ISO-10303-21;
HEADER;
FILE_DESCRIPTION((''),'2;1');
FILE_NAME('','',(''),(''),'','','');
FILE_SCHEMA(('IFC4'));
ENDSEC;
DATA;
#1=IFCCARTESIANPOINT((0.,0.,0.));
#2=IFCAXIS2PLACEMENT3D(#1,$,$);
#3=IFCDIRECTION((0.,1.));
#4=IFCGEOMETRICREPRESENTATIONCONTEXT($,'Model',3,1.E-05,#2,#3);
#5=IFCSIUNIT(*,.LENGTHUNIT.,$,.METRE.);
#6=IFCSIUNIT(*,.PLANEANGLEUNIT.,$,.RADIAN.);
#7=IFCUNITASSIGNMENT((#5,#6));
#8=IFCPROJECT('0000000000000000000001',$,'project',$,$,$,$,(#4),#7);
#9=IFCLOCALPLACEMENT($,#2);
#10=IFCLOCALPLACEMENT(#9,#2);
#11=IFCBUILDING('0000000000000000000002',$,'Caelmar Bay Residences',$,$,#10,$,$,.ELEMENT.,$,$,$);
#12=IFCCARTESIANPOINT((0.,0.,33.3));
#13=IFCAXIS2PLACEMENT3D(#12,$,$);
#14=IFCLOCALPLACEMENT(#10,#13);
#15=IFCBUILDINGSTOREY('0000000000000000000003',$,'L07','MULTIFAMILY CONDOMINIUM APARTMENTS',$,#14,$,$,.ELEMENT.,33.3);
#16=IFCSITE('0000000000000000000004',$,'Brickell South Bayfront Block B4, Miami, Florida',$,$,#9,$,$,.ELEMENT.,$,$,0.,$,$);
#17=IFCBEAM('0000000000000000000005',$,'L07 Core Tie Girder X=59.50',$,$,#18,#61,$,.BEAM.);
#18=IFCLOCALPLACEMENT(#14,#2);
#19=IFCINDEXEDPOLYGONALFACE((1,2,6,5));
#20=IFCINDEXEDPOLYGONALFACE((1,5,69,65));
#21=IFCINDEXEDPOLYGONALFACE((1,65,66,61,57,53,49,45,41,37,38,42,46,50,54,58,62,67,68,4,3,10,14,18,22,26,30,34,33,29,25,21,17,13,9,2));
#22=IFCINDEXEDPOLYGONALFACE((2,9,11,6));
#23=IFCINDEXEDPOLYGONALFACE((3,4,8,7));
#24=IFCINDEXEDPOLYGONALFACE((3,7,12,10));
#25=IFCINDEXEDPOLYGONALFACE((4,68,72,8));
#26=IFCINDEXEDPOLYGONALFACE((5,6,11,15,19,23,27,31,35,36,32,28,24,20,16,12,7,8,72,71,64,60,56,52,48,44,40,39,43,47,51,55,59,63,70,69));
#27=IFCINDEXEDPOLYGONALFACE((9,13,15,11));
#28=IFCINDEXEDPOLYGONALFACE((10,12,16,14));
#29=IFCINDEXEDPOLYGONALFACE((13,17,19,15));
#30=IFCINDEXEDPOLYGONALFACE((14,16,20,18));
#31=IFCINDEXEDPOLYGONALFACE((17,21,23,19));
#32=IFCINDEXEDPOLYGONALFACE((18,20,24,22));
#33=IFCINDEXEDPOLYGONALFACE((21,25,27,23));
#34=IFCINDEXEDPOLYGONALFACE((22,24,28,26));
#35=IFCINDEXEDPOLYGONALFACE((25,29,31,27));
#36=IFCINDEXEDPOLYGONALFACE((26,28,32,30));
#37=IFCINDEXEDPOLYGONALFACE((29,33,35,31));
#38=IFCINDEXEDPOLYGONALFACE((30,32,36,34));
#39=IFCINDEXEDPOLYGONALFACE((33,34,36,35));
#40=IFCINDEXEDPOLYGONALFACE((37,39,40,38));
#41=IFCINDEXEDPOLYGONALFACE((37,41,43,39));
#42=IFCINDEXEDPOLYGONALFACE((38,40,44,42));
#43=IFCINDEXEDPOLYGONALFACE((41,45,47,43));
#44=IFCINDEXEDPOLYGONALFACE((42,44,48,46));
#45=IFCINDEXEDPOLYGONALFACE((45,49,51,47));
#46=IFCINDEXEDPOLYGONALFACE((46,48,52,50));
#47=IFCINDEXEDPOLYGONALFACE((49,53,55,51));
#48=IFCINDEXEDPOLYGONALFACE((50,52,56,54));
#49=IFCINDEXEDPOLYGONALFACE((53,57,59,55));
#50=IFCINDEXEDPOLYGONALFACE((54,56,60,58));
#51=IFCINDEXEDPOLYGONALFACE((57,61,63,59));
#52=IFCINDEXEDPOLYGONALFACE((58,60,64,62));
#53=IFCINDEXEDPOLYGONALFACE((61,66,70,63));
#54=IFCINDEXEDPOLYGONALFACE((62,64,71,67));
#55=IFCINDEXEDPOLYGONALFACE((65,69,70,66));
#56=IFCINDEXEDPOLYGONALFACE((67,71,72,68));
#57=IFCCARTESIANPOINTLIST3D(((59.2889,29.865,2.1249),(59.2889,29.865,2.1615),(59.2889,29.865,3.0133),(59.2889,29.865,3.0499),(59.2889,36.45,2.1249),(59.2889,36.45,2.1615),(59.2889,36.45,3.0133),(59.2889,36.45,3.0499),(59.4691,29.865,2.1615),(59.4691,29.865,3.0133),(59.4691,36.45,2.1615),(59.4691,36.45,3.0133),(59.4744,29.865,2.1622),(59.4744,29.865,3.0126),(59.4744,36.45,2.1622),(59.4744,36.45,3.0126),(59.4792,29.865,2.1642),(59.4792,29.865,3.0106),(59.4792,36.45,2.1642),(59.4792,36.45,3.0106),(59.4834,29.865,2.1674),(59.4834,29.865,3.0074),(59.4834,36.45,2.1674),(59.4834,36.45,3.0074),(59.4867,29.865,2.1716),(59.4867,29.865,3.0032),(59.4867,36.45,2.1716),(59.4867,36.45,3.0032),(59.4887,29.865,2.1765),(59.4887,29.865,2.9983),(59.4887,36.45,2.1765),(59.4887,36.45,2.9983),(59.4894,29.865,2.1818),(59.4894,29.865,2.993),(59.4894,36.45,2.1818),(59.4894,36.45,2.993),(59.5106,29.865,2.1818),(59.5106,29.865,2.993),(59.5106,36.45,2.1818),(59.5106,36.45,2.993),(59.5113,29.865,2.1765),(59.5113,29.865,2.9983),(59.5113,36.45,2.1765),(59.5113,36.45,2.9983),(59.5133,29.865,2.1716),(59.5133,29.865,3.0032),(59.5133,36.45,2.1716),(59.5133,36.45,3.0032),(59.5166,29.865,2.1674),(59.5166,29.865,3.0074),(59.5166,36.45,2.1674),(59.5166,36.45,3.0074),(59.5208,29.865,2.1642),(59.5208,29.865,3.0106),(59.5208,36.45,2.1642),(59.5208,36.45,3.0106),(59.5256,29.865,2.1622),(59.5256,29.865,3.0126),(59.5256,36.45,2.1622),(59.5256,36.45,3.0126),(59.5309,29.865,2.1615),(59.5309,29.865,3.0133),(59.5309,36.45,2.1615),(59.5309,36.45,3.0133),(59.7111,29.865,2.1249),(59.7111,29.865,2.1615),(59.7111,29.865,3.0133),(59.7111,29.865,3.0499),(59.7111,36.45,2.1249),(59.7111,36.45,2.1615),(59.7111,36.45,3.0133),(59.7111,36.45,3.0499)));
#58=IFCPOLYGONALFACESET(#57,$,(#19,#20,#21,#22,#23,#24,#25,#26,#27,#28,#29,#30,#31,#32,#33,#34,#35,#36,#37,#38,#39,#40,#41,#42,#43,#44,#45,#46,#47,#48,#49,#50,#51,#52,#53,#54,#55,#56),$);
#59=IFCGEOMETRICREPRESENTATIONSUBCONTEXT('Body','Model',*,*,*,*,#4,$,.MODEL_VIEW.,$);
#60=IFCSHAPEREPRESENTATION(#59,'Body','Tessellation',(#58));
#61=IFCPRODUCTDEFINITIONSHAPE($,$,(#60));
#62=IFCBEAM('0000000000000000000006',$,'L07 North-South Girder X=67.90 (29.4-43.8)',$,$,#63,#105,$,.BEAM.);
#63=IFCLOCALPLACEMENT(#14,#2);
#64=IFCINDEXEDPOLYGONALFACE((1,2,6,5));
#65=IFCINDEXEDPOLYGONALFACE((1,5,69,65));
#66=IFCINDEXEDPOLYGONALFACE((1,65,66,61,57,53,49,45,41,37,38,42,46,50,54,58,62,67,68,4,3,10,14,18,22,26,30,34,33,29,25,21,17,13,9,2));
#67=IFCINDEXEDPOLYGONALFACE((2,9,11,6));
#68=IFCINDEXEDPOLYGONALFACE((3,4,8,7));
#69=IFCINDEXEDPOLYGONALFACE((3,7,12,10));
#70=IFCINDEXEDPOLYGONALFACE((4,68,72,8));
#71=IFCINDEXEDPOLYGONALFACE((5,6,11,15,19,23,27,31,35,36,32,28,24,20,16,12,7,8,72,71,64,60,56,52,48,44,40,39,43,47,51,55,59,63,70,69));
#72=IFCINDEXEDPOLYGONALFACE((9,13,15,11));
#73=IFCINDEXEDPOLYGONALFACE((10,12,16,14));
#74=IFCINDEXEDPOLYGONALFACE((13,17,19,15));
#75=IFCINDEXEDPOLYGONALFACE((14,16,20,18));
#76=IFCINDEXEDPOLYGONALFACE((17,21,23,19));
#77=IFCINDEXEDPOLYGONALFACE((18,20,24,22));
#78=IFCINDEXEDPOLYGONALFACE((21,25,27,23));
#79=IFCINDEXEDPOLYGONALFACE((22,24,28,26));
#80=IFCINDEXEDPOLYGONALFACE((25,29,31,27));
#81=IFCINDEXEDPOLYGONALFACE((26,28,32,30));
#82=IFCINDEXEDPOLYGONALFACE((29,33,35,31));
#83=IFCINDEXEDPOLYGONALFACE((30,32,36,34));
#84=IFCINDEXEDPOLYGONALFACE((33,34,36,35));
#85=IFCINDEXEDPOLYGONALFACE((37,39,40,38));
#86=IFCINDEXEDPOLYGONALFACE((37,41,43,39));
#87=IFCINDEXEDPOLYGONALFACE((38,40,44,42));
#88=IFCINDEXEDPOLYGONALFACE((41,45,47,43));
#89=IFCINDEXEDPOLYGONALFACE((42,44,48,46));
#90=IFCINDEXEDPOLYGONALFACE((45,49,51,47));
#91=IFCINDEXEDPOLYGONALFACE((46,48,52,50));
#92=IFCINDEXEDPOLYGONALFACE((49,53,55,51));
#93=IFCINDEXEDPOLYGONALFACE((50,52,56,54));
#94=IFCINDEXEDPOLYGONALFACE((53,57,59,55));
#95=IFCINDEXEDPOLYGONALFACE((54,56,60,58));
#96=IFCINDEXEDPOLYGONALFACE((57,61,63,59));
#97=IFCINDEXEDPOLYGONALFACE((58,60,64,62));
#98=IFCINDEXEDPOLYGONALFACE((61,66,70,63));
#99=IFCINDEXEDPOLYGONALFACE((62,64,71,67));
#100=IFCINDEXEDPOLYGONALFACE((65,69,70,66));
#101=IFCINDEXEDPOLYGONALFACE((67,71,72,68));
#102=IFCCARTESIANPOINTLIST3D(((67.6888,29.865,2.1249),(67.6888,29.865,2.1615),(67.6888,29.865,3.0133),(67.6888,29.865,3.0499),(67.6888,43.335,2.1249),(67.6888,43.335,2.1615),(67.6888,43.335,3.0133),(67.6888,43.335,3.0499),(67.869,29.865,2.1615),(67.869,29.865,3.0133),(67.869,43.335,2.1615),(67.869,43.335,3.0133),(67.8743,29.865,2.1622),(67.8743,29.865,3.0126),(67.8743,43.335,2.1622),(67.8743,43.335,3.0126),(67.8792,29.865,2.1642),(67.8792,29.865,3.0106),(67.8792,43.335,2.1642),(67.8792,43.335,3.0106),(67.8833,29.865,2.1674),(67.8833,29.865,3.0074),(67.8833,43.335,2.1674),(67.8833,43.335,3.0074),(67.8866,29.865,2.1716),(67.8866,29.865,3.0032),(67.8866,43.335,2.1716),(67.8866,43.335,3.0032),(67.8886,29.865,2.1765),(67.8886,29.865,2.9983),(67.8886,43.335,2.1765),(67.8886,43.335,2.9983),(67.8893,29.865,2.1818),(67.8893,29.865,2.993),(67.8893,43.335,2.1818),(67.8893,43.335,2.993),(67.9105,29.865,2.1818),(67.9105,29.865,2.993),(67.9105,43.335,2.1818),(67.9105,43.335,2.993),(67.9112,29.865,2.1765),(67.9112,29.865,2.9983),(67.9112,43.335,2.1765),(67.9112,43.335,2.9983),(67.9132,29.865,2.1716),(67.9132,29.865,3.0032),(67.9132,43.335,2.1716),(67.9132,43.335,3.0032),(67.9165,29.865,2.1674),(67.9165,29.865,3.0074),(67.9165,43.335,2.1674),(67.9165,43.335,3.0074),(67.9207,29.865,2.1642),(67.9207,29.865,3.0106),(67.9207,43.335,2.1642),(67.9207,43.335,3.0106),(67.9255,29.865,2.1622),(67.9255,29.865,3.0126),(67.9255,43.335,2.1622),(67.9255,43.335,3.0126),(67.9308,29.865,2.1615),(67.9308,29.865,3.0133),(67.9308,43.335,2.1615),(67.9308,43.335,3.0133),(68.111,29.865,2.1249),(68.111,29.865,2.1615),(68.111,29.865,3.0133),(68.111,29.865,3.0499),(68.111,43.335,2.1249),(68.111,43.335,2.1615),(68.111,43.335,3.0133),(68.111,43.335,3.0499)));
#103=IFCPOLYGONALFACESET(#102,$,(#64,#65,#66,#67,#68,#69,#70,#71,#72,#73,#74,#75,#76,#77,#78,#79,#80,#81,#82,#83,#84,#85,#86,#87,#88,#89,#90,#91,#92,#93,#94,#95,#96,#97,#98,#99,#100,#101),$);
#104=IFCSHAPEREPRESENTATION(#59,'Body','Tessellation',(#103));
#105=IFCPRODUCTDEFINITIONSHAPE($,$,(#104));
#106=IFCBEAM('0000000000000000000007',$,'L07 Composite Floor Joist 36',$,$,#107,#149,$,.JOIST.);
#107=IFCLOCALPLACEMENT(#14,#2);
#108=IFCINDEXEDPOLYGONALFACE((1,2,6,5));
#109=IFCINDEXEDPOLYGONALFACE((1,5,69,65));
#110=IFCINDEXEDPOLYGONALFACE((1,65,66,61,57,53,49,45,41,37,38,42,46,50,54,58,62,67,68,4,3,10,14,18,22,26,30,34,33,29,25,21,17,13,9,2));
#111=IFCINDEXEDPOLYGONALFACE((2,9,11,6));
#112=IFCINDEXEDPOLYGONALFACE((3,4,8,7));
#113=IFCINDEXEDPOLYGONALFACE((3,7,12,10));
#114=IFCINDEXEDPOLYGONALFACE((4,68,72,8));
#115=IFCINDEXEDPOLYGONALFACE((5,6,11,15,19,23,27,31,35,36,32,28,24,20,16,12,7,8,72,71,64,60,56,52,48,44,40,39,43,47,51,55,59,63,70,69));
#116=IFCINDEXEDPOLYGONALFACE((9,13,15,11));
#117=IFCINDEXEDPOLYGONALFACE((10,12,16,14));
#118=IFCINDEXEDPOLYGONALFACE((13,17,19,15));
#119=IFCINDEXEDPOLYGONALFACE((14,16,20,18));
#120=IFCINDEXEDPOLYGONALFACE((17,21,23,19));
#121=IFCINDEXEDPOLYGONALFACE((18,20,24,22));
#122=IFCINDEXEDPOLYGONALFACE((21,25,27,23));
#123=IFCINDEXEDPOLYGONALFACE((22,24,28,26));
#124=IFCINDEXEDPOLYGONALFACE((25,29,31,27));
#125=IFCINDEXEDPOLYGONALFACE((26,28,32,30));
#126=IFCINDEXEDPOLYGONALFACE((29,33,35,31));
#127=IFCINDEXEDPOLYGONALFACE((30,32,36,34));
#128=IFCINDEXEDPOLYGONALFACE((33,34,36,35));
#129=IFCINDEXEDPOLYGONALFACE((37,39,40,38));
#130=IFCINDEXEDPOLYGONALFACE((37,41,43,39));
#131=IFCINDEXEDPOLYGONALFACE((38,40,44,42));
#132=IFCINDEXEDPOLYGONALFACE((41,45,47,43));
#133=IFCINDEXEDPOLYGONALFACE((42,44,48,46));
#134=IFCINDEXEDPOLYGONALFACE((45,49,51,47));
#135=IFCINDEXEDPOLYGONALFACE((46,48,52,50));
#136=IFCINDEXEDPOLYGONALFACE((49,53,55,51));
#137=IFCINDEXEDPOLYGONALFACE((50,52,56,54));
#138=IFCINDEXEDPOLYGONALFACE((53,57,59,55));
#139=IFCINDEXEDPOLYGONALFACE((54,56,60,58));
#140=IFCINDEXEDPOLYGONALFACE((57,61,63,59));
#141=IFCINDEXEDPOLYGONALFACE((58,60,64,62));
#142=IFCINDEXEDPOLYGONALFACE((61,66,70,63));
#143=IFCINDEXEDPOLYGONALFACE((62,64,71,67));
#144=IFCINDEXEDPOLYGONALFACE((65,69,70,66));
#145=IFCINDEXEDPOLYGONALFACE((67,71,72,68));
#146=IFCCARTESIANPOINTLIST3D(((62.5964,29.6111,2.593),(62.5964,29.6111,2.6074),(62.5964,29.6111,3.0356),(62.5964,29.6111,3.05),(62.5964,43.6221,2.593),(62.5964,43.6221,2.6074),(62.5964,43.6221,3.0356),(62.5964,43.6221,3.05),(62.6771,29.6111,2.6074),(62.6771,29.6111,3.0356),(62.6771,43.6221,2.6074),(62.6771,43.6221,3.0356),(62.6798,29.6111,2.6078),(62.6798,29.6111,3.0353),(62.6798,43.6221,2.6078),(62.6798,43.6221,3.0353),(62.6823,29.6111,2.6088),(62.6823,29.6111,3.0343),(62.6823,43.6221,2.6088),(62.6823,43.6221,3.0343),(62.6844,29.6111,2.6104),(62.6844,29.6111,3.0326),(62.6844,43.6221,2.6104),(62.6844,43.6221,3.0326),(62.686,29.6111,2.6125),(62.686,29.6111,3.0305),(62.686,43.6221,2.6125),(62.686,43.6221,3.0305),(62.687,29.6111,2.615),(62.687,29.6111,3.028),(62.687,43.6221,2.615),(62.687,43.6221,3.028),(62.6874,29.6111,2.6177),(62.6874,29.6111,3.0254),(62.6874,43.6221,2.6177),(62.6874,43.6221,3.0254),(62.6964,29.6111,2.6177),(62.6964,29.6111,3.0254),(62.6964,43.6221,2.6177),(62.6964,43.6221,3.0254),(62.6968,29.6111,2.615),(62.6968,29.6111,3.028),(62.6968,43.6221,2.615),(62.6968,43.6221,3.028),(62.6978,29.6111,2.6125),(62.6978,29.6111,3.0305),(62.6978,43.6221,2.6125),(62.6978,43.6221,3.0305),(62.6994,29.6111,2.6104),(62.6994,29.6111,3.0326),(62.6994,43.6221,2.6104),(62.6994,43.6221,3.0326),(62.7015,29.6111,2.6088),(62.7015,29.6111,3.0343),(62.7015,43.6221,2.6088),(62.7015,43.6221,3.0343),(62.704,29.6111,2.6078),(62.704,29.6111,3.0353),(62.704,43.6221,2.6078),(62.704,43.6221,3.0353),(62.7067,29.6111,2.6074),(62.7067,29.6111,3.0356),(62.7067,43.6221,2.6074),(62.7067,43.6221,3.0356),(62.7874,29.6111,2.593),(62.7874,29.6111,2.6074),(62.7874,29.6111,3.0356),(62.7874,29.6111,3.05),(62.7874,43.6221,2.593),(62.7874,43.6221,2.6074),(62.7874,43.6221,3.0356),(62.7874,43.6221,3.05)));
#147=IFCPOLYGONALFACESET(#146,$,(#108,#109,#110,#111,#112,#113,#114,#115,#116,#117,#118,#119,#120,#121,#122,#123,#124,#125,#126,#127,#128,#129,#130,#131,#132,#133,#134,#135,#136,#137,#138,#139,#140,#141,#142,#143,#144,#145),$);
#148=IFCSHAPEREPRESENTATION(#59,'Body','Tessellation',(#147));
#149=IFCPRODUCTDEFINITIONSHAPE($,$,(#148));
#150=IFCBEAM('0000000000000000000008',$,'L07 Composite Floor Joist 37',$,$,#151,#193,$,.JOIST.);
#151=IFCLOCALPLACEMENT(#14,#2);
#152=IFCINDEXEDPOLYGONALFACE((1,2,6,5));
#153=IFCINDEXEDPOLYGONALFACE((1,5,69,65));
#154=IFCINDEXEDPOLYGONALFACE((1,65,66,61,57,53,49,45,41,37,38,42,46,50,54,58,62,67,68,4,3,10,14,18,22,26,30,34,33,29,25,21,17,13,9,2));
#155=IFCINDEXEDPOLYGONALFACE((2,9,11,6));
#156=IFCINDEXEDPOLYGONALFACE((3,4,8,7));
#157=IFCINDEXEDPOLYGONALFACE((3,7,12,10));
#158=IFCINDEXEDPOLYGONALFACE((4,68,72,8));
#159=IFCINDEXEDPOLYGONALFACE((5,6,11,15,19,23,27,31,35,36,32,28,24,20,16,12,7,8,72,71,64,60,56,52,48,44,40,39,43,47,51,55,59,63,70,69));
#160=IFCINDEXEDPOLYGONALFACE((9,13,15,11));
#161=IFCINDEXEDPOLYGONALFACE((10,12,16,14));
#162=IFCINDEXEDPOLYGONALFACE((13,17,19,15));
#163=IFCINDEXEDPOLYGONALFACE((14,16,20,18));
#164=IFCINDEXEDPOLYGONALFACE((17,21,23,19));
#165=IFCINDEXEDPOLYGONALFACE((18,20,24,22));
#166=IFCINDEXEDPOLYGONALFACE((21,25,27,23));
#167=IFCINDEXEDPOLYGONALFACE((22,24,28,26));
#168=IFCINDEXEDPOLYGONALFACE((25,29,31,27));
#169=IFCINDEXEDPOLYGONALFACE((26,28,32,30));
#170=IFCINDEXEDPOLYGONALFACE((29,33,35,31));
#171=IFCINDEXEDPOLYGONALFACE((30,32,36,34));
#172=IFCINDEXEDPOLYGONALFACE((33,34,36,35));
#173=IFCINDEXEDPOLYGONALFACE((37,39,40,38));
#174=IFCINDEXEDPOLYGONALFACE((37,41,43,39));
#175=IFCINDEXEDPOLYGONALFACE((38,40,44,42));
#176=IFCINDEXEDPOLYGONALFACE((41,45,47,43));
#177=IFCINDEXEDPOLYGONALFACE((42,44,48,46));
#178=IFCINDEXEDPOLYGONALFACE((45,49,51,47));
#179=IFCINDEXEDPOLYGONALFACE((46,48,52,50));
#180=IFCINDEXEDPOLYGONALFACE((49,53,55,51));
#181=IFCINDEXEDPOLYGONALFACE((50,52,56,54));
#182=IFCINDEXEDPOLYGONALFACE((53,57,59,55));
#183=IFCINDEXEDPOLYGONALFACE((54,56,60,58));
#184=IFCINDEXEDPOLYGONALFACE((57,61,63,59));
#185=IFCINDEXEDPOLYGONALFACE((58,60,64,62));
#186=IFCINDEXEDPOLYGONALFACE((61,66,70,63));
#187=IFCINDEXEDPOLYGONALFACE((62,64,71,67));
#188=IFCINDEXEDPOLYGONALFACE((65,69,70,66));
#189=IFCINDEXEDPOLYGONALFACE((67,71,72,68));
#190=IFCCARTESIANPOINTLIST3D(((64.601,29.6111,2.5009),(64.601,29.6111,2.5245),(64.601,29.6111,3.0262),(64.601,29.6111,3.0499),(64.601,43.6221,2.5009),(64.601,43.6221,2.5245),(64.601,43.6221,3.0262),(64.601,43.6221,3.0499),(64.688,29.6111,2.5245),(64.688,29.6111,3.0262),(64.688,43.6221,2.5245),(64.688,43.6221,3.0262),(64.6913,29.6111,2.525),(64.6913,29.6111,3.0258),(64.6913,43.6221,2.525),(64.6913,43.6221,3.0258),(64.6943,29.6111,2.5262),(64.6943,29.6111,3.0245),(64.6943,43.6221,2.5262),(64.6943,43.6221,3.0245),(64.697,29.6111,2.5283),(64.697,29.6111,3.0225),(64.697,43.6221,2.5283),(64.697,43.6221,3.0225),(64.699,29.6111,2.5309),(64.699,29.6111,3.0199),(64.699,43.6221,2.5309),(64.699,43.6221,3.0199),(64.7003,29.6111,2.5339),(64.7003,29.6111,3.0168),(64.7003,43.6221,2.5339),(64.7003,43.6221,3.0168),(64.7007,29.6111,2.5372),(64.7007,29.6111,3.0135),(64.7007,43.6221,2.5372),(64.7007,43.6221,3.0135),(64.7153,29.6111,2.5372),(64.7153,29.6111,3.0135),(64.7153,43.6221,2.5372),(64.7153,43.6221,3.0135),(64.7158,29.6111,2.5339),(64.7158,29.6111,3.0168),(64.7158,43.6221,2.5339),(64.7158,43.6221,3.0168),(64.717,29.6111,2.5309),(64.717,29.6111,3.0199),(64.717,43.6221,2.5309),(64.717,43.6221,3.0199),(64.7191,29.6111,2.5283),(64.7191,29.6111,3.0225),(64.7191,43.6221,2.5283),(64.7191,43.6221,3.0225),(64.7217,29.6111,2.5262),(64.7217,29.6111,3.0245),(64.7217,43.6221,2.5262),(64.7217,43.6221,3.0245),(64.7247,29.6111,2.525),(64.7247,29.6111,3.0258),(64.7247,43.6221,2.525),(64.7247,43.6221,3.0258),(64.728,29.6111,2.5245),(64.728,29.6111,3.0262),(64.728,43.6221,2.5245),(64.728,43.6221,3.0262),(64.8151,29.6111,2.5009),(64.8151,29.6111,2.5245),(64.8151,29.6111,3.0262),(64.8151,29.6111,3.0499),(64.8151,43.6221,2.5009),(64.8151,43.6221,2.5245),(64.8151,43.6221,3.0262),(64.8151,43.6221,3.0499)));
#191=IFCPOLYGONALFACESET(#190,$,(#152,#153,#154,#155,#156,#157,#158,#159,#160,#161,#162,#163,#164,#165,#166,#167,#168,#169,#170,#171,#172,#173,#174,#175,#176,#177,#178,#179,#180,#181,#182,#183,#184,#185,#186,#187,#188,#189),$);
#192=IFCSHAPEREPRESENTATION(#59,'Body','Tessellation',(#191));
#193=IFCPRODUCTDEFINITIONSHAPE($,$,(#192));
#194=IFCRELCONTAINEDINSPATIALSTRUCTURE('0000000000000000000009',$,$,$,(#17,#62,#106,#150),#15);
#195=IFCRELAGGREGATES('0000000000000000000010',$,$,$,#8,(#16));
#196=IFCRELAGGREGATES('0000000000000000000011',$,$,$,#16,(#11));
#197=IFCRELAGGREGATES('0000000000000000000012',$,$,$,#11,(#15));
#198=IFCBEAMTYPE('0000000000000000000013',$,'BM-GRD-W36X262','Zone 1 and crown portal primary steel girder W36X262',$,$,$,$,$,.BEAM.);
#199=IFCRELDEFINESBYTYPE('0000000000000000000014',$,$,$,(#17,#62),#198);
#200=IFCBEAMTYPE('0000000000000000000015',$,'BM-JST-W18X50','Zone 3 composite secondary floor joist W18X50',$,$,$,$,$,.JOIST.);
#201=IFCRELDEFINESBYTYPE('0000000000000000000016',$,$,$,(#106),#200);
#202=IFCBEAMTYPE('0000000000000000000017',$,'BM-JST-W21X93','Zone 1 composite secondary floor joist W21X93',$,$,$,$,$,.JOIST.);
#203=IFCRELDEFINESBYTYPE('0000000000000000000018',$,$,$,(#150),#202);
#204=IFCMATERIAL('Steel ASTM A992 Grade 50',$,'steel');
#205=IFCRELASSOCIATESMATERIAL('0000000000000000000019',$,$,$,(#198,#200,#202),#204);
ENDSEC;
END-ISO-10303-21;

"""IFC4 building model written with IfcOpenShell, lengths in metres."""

from ifc_helpers import new_model, si_unit, direction, frame, origin, origin_2d, place, context, subcontext, project, spatial, i_section, extrude, material, material_profile, profile_set, type_object, element, save


model = new_model("IFC4")

# Units and contexts
model_context = context("Model", 3, precision=1e-05, world=origin(), true_north=direction((0.0, 1.0)))
body_context = subcontext(model_context, "Body", "Model", "MODEL_VIEW")
ifc_project = project(units=[si_unit("LENGTHUNIT", "METRE"), si_unit("PLANEANGLEUNIT", "RADIAN")], contexts=[model_context])

# Site, building, storey
site_placement = place(None, origin())
site = spatial("IfcSite", under=ifc_project, at=site_placement, Name="Brickell South Bayfront Block B4, Miami, Florida", CompositionType="ELEMENT", RefElevation=0.0)
building_placement = place(site_placement, origin())
building = spatial("IfcBuilding", under=site, at=building_placement, Name="Caelmar Bay Residences", CompositionType="ELEMENT")
storey_placement = place(building_placement, frame((0.0, 0.0, 33.3)))
storey = spatial("IfcBuildingStorey", under=building, at=storey_placement, Name="L07", Description="MULTIFAMILY CONDOMINIUM APARTMENTS", CompositionType="ELEMENT", Elevation=33.3)

# Beams
ifc_material_1 = material(Name="Steel ASTM A992 Grade 50", Category="steel")
ifc_material_profile_1 = material_profile(ifc_material_1, i_section(OverallWidth=0.4221, OverallDepth=0.925, WebThickness=0.0212, FlangeThickness=0.0366, FilletRadius=0.0203, at=origin_2d()), Name="W36X262")
ifc_profile_set_1 = profile_set([ifc_material_profile_1], Name="Steel ASTM A992 Grade 50")
beam_type_1 = type_object("IfcBeamType", Name="BM-GRD-W36X262", Description="Zone 1 and crown portal primary steel girder W36X262", PredefinedType="BEAM", material=ifc_profile_set_1)
beam_1_placement = place(storey_placement, frame((59.5, 29.865, 2.5874), z_axis=(0.0, 1.0, 0.0), x_axis=(-1.0, 0.0, 0.0)))
element("IfcBeam", 1, at=beam_1_placement, inside=storey, type_object=beam_type_1, Name="L07 Core Tie Girder X=59.50", PredefinedType="BEAM", context=body_context, shape_type="SweptSolid", body=[
    extrude(i_section(OverallWidth=0.4221, OverallDepth=0.925, WebThickness=0.0212, FlangeThickness=0.0366, FilletRadius=0.0203, at=origin_2d()), origin(), (0.0, 0.0, 1.0), 6.585),
])
beam_2_placement = place(storey_placement, frame((67.8999, 29.865, 2.5874), z_axis=(0.0, 1.0, 0.0), x_axis=(-1.0, 0.0, 0.0)))
element("IfcBeam", 2, at=beam_2_placement, inside=storey, type_object=beam_type_1, Name="L07 North-South Girder X=67.90 (29.4-43.8)", PredefinedType="BEAM", context=body_context, shape_type="SweptSolid", body=[
    extrude(i_section(OverallWidth=0.4221, OverallDepth=0.925, WebThickness=0.0212, FlangeThickness=0.0366, FilletRadius=0.0203, at=origin_2d()), origin(), (0.0, 0.0, 1.0), 13.47),
])
ifc_material_profile_2 = material_profile(ifc_material_1, i_section(OverallWidth=0.1909, OverallDepth=0.457, WebThickness=0.009, FlangeThickness=0.0144, FilletRadius=0.0103, at=origin_2d()), Name="W18X50")
ifc_profile_set_2 = profile_set([ifc_material_profile_2], Name="Steel ASTM A992 Grade 50")
beam_type_2 = type_object("IfcBeamType", Name="BM-JST-W18X50", Description="Zone 3 composite secondary floor joist W18X50", PredefinedType="JOIST", material=ifc_profile_set_2)
beam_3_placement = place(storey_placement, frame((62.6919, 29.6111, 2.8215), z_axis=(0.0, 1.0, 0.0), x_axis=(-1.0, 0.0, 0.0)))
element("IfcBeam", 3, at=beam_3_placement, inside=storey, type_object=beam_type_2, Name="L07 Composite Floor Joist 36", PredefinedType="JOIST", context=body_context, shape_type="SweptSolid", body=[
    extrude(i_section(OverallWidth=0.1909, OverallDepth=0.457, WebThickness=0.009, FlangeThickness=0.0144, FilletRadius=0.0103, at=origin_2d()), origin(), (0.0, 0.0, 1.0), 14.011),
])
ifc_material_profile_3 = material_profile(ifc_material_1, i_section(OverallWidth=0.2141, OverallDepth=0.5491, WebThickness=0.0146, FlangeThickness=0.0237, FilletRadius=0.0127, at=origin_2d()), Name="W21X93")
ifc_profile_set_3 = profile_set([ifc_material_profile_3], Name="Steel ASTM A992 Grade 50")
beam_type_3 = type_object("IfcBeamType", Name="BM-JST-W21X93", Description="Zone 1 composite secondary floor joist W21X93", PredefinedType="JOIST", material=ifc_profile_set_3)
beam_4_placement = place(storey_placement, frame((64.708, 29.6111, 2.7754), z_axis=(0.0, 1.0, 0.0), x_axis=(-1.0, 0.0, 0.0)))
element("IfcBeam", 4, at=beam_4_placement, inside=storey, type_object=beam_type_3, Name="L07 Composite Floor Joist 37", PredefinedType="JOIST", context=body_context, shape_type="SweptSolid", body=[
    extrude(i_section(OverallWidth=0.2141, OverallDepth=0.5491, WebThickness=0.0146, FlangeThickness=0.0237, FilletRadius=0.0127, at=origin_2d()), origin(), (0.0, 0.0, 1.0), 14.011),
])

save(model, "model.ifc")
